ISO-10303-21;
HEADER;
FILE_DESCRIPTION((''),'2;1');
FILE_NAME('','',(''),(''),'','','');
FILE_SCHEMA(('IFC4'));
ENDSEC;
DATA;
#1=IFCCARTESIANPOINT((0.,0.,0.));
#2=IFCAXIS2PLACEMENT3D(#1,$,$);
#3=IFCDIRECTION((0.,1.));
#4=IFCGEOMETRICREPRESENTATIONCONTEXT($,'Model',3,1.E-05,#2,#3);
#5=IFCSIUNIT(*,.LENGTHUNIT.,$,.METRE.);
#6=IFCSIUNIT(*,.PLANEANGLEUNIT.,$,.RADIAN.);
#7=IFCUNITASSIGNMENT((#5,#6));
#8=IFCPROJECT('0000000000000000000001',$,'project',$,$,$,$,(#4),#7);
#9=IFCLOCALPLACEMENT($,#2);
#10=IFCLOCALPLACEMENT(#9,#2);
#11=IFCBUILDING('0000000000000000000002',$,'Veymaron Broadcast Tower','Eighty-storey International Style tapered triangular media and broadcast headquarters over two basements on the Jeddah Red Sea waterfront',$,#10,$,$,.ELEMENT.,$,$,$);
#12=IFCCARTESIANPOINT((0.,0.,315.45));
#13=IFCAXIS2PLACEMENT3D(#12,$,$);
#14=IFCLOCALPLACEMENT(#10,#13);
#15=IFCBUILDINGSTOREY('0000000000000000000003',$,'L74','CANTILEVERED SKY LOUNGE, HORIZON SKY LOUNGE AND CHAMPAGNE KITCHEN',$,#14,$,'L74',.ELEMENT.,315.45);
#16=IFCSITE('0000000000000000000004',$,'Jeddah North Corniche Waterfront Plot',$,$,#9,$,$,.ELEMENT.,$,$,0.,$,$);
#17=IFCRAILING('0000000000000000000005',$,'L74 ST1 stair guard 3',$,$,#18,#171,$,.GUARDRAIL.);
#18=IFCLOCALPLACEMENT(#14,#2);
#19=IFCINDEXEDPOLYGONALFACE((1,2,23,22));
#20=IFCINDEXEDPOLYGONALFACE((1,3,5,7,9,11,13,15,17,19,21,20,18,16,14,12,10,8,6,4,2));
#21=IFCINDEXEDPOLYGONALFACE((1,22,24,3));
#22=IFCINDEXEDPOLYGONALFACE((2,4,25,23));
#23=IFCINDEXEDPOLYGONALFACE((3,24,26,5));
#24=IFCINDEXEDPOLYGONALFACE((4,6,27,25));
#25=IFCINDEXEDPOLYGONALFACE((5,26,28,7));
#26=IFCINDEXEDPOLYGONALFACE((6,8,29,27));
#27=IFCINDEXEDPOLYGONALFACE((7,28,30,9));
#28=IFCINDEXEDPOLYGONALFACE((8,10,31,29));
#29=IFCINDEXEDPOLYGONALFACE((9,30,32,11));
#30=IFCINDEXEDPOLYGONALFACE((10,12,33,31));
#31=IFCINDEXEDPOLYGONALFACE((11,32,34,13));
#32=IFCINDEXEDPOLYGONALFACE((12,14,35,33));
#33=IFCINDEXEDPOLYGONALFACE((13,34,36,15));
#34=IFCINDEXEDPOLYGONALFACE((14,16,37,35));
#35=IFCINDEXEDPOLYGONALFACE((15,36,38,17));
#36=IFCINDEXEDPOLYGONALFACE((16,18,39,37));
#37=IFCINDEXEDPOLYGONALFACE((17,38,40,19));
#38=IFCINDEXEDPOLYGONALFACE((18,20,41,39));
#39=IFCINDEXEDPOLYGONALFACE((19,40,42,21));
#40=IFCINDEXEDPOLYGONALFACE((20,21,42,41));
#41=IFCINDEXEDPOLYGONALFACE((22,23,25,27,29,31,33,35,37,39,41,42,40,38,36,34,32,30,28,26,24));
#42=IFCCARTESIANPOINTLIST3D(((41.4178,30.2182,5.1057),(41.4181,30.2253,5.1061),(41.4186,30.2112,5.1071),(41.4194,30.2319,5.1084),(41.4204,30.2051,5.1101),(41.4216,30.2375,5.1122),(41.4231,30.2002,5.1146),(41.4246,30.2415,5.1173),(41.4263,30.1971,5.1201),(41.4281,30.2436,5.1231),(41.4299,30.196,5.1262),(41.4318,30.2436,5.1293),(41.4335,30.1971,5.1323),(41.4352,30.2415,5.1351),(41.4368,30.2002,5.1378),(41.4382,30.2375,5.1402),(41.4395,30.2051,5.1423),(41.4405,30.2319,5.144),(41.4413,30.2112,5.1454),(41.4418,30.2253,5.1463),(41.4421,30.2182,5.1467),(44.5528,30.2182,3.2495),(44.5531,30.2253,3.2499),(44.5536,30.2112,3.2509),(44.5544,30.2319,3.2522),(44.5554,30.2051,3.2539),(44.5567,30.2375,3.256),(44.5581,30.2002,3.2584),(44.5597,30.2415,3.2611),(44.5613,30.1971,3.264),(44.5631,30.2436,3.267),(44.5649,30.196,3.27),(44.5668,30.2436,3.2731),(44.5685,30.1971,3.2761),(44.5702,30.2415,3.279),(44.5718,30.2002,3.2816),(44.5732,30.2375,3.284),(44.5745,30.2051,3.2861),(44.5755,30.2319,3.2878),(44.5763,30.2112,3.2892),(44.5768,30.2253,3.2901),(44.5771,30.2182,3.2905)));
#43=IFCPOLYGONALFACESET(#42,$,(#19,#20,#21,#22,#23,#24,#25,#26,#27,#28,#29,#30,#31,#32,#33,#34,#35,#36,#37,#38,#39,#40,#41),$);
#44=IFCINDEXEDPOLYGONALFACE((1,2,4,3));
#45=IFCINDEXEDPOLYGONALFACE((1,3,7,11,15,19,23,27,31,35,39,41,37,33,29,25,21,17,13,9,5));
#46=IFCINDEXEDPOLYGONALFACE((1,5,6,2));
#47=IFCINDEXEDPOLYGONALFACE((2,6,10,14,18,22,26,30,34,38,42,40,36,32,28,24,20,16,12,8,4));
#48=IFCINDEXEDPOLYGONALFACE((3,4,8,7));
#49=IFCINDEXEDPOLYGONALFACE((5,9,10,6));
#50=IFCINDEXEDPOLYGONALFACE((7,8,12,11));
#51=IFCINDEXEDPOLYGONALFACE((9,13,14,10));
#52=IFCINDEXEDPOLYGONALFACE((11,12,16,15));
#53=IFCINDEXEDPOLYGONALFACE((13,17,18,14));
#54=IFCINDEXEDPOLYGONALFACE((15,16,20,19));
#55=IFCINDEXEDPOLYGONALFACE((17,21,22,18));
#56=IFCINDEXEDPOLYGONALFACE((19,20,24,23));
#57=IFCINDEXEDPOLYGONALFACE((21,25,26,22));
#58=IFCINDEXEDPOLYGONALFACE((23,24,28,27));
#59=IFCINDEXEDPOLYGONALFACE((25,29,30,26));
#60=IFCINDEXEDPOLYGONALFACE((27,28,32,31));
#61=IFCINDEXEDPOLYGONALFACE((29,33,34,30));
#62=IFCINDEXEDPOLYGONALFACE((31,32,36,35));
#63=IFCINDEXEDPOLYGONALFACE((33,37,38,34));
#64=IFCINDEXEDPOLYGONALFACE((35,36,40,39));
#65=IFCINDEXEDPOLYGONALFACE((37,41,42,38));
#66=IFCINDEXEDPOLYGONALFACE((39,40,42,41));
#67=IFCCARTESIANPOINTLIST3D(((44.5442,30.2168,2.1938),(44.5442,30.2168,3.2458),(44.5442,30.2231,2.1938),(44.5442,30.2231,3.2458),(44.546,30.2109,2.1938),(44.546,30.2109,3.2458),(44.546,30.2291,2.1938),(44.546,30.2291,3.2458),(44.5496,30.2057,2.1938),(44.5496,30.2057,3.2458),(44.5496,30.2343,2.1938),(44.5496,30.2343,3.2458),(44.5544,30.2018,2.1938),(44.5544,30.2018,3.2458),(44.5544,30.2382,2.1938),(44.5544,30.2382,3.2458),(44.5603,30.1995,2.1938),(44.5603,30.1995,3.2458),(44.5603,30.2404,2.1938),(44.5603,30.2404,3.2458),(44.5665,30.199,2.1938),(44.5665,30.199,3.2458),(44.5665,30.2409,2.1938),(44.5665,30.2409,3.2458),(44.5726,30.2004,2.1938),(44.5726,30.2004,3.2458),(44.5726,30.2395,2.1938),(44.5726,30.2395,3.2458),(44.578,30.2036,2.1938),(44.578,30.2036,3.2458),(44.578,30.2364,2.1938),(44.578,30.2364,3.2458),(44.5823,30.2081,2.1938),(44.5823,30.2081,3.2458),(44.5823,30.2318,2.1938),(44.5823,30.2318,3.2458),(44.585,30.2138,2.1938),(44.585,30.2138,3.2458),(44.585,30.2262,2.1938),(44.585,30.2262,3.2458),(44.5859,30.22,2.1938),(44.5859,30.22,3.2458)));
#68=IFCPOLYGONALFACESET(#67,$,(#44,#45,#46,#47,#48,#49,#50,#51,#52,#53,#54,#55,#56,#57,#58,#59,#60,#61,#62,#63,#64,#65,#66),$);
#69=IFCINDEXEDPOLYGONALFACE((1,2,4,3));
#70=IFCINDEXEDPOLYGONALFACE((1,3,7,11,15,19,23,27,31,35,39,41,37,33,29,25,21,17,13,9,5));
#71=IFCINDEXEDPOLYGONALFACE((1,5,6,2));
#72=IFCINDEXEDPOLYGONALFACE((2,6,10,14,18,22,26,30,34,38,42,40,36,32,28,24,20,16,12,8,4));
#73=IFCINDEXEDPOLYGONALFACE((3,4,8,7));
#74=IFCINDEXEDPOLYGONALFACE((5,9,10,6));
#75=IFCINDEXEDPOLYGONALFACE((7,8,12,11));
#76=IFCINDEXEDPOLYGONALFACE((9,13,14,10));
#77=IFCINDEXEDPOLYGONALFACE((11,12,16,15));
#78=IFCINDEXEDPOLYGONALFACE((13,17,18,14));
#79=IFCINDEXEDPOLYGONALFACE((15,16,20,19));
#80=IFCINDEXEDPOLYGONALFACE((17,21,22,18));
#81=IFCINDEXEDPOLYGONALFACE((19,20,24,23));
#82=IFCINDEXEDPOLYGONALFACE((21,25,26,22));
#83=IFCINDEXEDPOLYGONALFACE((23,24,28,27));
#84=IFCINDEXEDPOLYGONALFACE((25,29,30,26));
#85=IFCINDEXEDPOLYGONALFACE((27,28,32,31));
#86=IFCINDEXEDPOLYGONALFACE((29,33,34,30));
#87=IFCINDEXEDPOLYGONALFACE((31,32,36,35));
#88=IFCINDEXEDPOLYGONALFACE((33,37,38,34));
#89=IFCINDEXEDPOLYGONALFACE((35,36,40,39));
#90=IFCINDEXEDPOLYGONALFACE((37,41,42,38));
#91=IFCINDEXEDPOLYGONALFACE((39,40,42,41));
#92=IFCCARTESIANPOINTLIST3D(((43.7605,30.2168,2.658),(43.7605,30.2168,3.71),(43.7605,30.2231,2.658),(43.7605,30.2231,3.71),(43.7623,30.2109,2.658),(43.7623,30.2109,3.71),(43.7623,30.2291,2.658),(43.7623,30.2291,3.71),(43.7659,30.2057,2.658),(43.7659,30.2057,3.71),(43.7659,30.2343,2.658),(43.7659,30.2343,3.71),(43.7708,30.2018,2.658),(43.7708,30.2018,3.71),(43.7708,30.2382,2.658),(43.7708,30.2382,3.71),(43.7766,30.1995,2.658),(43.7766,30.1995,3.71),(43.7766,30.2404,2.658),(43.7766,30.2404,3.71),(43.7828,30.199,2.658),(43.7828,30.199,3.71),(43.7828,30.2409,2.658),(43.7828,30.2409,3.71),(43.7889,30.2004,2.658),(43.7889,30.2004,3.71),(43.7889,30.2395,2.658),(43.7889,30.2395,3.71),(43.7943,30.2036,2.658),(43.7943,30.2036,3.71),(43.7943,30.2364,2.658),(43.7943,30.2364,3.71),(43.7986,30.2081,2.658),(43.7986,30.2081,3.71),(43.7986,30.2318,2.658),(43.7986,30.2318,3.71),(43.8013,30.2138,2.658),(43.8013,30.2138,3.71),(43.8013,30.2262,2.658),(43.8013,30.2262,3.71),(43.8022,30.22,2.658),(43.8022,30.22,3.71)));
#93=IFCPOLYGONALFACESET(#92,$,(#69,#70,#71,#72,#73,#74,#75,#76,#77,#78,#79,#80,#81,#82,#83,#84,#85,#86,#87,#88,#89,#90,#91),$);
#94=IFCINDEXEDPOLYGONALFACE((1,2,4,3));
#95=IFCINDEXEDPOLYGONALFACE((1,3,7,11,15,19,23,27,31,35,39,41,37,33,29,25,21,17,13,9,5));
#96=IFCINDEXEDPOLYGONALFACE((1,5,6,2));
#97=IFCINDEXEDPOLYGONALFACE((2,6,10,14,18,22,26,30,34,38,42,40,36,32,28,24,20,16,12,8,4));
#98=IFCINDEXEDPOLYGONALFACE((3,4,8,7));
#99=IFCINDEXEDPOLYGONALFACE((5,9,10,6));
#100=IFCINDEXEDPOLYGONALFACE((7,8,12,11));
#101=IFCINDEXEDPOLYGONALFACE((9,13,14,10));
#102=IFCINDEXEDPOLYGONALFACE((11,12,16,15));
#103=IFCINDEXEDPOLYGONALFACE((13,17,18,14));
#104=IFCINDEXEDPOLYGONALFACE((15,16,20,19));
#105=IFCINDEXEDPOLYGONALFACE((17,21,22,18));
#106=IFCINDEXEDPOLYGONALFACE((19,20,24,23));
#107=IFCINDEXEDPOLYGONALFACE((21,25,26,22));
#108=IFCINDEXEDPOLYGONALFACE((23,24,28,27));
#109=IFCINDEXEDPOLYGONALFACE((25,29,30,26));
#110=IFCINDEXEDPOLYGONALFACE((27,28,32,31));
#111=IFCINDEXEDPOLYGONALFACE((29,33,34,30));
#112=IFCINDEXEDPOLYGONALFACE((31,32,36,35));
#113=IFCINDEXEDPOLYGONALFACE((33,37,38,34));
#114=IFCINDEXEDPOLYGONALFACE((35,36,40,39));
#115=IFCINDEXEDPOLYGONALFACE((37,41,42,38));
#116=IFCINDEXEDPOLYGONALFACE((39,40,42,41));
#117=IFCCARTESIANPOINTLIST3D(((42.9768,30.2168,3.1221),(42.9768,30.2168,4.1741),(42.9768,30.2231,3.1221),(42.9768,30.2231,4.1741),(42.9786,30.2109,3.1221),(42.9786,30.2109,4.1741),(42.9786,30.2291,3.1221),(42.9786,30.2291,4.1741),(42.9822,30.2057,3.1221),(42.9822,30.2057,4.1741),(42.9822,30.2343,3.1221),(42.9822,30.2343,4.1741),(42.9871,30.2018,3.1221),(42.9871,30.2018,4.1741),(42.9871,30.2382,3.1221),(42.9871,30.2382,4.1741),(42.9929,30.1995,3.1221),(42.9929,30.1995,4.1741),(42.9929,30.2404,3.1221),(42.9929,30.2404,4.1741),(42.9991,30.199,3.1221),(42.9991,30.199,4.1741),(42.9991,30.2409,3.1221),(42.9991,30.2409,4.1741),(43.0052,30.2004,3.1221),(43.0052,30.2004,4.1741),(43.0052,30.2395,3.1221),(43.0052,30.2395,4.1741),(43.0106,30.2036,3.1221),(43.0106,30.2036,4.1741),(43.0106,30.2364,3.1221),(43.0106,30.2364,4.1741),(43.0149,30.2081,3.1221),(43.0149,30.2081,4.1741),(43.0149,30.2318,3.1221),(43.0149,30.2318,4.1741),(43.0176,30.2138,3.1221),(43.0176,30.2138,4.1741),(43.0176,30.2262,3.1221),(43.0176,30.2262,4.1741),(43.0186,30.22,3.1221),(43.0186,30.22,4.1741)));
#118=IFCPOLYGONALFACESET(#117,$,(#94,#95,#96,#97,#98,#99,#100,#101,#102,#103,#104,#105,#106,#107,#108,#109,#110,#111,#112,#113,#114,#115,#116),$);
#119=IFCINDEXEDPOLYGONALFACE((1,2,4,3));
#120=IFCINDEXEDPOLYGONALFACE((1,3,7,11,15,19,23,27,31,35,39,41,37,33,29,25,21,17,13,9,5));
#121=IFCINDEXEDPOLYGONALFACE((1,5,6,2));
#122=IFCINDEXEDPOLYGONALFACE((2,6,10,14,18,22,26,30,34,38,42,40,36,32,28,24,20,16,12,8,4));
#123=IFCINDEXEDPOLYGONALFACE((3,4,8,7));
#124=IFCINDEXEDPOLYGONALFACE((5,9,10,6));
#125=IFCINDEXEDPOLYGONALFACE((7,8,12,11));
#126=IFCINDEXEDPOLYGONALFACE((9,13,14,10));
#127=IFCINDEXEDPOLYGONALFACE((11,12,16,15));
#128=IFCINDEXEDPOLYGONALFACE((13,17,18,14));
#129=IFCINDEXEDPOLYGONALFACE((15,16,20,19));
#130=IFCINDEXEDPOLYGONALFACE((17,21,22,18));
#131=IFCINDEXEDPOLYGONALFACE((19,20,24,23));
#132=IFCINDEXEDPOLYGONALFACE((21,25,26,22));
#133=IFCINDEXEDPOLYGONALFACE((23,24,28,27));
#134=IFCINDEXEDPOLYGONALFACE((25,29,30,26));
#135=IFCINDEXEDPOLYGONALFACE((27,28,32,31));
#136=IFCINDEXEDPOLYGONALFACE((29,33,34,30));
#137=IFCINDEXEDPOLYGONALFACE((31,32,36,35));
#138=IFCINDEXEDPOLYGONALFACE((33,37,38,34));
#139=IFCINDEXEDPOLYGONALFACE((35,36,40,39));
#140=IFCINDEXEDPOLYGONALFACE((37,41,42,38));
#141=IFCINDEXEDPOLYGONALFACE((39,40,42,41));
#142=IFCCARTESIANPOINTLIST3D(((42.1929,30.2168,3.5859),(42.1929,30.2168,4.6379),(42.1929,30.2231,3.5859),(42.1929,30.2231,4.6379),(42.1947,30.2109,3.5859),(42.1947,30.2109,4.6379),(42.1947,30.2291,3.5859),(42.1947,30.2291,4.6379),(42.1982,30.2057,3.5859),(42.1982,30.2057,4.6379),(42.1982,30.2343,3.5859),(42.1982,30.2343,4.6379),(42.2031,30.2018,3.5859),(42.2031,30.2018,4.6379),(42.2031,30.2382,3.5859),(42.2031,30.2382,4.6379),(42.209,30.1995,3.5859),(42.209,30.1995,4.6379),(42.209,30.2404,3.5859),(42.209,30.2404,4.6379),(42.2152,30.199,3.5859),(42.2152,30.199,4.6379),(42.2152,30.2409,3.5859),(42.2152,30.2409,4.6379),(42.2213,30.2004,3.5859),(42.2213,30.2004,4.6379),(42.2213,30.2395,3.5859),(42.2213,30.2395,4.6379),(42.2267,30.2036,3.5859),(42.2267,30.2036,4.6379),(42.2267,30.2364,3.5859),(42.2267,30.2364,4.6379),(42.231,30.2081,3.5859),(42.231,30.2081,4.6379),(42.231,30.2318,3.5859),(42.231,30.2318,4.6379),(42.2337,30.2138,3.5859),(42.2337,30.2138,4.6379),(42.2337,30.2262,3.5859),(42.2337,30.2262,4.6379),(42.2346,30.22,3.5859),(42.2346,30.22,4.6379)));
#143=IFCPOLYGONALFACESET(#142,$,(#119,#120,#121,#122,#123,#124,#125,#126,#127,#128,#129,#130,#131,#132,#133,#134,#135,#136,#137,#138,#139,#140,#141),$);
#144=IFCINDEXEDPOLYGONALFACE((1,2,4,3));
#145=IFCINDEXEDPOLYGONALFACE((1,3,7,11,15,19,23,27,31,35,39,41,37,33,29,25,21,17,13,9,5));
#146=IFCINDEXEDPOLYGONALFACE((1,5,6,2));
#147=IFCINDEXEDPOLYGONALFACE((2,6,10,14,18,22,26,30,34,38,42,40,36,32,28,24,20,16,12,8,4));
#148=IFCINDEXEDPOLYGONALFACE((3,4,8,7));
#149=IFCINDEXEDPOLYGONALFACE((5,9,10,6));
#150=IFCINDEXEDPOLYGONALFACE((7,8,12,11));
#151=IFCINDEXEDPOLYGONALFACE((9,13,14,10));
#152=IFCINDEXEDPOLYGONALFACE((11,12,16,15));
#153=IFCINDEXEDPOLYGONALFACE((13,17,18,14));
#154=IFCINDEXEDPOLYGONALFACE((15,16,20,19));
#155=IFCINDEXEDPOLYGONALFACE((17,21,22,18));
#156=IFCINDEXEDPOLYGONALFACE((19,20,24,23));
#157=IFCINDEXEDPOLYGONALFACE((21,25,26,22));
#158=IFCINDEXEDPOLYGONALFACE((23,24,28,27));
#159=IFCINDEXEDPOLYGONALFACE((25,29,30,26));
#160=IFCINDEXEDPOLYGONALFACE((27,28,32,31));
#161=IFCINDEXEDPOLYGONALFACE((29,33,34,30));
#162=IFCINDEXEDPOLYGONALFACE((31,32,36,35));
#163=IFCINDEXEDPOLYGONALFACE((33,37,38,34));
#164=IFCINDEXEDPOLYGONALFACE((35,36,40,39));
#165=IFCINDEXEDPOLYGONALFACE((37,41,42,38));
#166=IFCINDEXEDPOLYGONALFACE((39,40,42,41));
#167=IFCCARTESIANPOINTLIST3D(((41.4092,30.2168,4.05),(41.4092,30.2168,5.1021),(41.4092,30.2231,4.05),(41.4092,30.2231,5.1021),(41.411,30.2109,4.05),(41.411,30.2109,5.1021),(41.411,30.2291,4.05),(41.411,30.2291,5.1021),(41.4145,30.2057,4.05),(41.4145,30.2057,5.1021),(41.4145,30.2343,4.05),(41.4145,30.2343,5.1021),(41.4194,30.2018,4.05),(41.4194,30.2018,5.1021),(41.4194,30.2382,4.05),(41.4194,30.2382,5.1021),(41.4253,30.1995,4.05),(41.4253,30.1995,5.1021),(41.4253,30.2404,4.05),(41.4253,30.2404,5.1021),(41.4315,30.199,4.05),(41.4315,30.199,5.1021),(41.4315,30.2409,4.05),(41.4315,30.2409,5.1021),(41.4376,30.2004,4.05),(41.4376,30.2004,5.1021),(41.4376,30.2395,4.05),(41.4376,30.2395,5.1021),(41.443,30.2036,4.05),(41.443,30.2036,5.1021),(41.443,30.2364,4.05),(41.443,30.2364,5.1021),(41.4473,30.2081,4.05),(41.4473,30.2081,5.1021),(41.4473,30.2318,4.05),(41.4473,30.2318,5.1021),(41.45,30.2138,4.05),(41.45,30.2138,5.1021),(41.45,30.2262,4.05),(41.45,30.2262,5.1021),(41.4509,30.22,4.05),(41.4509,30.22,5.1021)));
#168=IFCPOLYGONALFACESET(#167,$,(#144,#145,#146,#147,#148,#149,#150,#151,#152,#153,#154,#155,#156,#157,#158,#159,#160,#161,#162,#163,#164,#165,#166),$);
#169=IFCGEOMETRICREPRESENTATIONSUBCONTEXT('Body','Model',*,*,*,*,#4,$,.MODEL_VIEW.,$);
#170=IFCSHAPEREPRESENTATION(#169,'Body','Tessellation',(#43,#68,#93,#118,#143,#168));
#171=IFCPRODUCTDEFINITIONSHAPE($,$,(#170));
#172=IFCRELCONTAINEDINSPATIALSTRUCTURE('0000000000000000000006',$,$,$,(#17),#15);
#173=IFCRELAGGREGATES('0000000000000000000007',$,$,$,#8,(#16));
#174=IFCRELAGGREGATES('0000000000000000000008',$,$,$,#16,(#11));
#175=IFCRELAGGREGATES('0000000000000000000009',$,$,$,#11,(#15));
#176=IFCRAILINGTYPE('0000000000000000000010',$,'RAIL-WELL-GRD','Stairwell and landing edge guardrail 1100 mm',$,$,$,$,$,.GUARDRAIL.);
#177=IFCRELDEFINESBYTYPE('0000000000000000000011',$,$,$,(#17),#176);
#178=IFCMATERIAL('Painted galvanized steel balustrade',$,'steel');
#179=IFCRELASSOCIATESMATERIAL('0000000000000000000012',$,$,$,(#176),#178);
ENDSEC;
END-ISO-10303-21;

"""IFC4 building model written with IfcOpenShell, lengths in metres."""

from ifc_helpers import new_model, si_unit, direction, frame, origin, origin_2d, place, context, subcontext, project, spatial, circle, extrude, material, type_object, element, save


model = new_model("IFC4")

# Units and contexts
model_context = context("Model", 3, precision=1e-05, world=origin(), true_north=direction((0.0, 1.0)))
body_context = subcontext(model_context, "Body", "Model", "MODEL_VIEW")
ifc_project = project(units=[si_unit("LENGTHUNIT", "METRE"), si_unit("PLANEANGLEUNIT", "RADIAN")], contexts=[model_context])

# Site, building, storey
site_placement = place(None, origin())
site = spatial("IfcSite", under=ifc_project, at=site_placement, Name="Jeddah North Corniche Waterfront Plot", CompositionType="ELEMENT", RefElevation=0.0)
building_placement = place(site_placement, origin())
building = spatial("IfcBuilding", under=site, at=building_placement, Name="Veymaron Broadcast Tower", Description="Eighty-storey International Style tapered triangular media and broadcast headquarters over two basements on the Jeddah Red Sea waterfront", CompositionType="ELEMENT")
storey_placement = place(building_placement, frame((0.0, 0.0, 315.45)))
storey = spatial("IfcBuildingStorey", under=building, at=storey_placement, Name="L74", Description="CANTILEVERED SKY LOUNGE, HORIZON SKY LOUNGE AND CHAMPAGNE KITCHEN", LongName="L74", CompositionType="ELEMENT", Elevation=315.45)

# Railing
ifc_material_1 = material(Name="Painted galvanized steel balustrade", Category="steel")
railing_type_1 = type_object("IfcRailingType", Name="RAIL-WELL-GRD", Description="Stairwell and landing edge guardrail 1100 mm", PredefinedType="GUARDRAIL", material=ifc_material_1)
railing_1_placement = place(storey_placement, frame((44.5649, 30.22, 2.1938)))
element("IfcRailing", 1, at=railing_1_placement, inside=storey, type_object=railing_type_1, Name="L74 ST1 stair guard 3", PredefinedType="GUARDRAIL", context=body_context, shape_type="SweptSolid", body=[
    extrude(circle(Radius=0.0239, at=origin_2d()), frame((0.0, 0.0, 1.0762), z_axis=(-0.860482, 0.0, 0.509481), x_axis=(0.0, -1.0, 0.0)), (0.0, 0.0, 1.0), 3.6433),
    extrude(circle(Radius=0.021, at=origin_2d()), origin(), (0.0, 0.0, 1.0), 1.052),
    extrude(circle(Radius=0.021, at=origin_2d()), frame((-0.7837, 0.0, 0.4641)), (0.0, 0.0, 1.0), 1.052),
    extrude(circle(Radius=0.021, at=origin_2d()), frame((-1.5674, 0.0, 0.9282)), (0.0, 0.0, 1.0), 1.052),
    extrude(circle(Radius=0.021, at=origin_2d()), frame((-2.3513, 0.0, 1.3921)), (0.0, 0.0, 1.0), 1.052),
    extrude(circle(Radius=0.021, at=origin_2d()), frame((-3.135, 0.0, 1.8562)), (0.0, 0.0, 1.0), 1.052),
])

save(model, "model.ifc")
